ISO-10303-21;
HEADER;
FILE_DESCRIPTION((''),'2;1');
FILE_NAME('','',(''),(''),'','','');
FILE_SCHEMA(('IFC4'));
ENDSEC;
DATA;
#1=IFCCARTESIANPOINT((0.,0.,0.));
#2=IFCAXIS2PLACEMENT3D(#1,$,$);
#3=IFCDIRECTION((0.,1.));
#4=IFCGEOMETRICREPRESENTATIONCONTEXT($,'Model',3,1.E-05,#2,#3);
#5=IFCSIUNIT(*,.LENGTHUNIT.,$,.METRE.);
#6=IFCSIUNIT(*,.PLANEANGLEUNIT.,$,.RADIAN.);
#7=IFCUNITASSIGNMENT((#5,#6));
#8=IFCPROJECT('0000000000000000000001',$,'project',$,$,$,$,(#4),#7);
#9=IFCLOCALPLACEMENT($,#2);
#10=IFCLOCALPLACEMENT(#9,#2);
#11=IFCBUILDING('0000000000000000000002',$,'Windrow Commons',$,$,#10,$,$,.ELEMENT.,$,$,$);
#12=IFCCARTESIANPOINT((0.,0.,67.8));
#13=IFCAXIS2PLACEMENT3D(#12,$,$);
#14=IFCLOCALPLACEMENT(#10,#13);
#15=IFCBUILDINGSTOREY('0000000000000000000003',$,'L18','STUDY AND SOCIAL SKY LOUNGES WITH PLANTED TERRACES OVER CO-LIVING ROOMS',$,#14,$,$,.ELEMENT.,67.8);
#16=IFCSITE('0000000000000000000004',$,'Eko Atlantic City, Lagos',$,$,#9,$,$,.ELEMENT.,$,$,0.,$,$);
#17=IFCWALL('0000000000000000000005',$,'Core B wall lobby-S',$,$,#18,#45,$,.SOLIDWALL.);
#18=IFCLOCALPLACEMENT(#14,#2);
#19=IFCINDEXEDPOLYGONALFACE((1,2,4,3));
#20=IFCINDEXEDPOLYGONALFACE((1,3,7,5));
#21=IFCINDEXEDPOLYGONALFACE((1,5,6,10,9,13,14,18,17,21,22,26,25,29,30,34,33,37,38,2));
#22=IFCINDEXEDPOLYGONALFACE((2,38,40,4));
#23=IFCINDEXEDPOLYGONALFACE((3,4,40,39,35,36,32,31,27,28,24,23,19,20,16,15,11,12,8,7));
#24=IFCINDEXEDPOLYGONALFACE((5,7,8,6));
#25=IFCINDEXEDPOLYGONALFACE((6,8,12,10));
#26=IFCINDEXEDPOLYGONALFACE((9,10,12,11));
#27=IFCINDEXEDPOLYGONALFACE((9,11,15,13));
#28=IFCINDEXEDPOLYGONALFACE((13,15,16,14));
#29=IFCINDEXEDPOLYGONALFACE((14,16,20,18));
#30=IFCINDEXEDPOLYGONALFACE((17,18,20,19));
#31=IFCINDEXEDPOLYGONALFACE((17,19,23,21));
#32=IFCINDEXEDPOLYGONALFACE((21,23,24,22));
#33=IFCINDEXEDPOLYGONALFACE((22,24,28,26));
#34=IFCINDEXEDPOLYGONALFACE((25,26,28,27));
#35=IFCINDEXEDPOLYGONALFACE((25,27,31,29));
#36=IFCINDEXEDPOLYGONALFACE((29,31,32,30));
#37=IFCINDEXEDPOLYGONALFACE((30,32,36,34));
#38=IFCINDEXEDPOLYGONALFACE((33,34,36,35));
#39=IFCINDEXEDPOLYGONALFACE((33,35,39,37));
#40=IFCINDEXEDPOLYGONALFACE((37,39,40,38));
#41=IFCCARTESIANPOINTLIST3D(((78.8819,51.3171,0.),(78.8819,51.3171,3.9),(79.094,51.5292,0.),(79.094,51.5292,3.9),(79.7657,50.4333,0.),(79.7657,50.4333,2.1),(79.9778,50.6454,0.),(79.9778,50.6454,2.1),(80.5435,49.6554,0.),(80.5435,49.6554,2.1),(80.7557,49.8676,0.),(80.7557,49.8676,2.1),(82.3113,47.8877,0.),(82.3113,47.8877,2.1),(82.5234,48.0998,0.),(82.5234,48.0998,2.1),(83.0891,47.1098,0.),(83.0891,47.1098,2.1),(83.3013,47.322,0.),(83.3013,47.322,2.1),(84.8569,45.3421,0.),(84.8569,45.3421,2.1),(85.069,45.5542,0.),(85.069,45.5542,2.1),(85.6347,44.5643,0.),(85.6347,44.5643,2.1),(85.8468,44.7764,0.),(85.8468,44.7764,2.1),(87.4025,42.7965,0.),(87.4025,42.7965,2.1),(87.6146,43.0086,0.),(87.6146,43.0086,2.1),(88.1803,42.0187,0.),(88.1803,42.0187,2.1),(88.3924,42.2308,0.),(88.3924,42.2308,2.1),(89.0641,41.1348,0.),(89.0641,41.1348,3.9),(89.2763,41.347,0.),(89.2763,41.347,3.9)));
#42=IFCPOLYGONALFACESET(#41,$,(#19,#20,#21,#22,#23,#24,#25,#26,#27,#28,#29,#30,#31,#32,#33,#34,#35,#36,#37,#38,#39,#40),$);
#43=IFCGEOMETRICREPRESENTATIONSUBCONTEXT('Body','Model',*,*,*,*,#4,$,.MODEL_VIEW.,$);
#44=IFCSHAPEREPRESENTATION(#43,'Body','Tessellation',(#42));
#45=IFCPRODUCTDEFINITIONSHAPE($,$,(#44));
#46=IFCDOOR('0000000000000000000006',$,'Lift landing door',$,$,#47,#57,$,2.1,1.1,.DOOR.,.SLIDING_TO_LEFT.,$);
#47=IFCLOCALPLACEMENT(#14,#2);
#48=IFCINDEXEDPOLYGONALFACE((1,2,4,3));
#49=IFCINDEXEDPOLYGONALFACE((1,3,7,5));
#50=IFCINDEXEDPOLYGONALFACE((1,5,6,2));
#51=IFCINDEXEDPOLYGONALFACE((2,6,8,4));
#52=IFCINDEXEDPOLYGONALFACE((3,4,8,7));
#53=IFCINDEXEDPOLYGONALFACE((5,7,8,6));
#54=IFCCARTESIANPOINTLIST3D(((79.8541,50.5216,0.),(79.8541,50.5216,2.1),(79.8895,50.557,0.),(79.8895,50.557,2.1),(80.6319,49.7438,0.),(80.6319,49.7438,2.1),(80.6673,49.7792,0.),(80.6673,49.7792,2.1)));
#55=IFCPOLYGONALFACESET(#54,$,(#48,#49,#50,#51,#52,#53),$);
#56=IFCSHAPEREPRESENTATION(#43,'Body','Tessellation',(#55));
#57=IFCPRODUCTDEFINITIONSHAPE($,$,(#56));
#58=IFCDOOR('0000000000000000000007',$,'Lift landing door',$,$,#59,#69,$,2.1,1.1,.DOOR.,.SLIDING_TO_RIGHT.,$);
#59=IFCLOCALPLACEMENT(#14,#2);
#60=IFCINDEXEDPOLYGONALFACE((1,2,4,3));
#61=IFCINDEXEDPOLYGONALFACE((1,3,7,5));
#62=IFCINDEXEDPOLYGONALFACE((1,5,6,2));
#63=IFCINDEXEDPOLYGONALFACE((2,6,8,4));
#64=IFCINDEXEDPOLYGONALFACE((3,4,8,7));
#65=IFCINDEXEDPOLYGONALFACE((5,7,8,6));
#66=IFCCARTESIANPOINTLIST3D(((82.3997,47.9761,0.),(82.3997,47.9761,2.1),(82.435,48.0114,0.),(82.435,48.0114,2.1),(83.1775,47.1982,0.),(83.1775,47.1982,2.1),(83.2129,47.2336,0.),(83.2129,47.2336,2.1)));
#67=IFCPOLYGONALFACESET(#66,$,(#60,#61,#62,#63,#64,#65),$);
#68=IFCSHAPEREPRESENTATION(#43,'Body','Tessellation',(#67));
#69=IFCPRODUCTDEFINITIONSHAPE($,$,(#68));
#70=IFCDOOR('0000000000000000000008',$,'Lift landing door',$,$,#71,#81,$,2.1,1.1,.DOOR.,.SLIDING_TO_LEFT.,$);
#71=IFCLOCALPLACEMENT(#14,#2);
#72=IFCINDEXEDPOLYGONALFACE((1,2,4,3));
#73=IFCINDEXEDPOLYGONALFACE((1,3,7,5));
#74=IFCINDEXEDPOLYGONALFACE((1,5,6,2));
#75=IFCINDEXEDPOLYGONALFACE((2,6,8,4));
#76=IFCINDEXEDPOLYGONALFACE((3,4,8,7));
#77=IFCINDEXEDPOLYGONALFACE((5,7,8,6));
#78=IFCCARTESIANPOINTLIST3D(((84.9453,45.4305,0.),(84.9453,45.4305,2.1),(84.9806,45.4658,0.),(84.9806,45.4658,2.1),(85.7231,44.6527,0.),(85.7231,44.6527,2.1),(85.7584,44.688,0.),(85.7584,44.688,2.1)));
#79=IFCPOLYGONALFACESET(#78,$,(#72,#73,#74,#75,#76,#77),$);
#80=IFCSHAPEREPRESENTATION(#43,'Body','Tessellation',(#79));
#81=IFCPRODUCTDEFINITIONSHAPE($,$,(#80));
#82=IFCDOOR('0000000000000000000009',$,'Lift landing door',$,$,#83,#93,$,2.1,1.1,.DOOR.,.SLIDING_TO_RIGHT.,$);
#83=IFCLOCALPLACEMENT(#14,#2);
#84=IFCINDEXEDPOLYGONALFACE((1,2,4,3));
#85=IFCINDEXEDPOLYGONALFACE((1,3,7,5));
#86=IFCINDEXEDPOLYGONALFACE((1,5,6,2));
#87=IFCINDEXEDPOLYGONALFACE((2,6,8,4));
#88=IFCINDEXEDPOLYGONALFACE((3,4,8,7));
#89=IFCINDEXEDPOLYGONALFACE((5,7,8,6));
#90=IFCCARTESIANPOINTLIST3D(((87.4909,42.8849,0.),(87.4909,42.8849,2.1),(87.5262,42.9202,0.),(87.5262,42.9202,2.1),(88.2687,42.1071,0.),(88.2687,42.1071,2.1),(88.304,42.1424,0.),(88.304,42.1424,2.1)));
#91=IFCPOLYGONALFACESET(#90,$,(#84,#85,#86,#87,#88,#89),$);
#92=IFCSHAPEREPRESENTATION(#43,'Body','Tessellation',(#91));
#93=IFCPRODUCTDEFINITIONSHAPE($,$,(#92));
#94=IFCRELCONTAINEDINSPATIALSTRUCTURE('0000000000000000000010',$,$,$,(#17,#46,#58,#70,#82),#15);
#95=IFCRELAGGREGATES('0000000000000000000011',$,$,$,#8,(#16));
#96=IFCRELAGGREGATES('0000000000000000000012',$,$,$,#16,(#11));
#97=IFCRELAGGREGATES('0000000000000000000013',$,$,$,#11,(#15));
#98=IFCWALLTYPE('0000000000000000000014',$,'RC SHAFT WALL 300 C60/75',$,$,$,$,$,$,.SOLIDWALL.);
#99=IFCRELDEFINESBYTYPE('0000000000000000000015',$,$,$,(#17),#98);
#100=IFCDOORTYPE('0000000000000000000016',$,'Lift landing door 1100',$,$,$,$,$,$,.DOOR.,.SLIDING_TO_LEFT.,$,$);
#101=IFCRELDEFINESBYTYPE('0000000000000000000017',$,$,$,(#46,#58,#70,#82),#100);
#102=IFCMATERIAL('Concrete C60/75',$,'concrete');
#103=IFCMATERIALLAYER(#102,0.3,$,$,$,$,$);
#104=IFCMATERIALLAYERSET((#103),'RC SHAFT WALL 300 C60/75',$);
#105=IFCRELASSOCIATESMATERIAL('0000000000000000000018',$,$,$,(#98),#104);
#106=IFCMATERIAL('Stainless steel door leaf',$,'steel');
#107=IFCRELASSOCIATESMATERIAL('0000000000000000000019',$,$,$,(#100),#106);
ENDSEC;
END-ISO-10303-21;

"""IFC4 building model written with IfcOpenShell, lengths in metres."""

from ifc_helpers import new_model, si_unit, direction, frame, frame_2d, origin, place, context, subcontext, project, spatial, rectangle, extrude, material, layer, layer_set, type_object, element, fill, save


model = new_model("IFC4")

# Units and contexts
model_context = context("Model", 3, precision=1e-05, world=origin(), true_north=direction((0.0, 1.0)))
body_context = subcontext(model_context, "Body", "Model", "MODEL_VIEW")
ifc_project = project(units=[si_unit("LENGTHUNIT", "METRE"), si_unit("PLANEANGLEUNIT", "RADIAN")], contexts=[model_context])

# Site, building, storey
site_placement = place(None, origin())
site = spatial("IfcSite", under=ifc_project, at=site_placement, Name="Eko Atlantic City, Lagos", CompositionType="ELEMENT", RefElevation=0.0)
building_placement = place(site_placement, origin())
building = spatial("IfcBuilding", under=site, at=building_placement, Name="Windrow Commons", CompositionType="ELEMENT")
storey_placement = place(building_placement, frame((0.0, 0.0, 67.8)))
storey = spatial("IfcBuildingStorey", under=building, at=storey_placement, Name="L18", Description="STUDY AND SOCIAL SKY LOUNGES WITH PLANTED TERRACES OVER CO-LIVING ROOMS", CompositionType="ELEMENT", Elevation=67.8)

# Shared definitions
ifc_material_1 = material(Name="Concrete C60/75", Category="concrete")
ifc_layer_1 = layer(ifc_material_1, 0.3)
ifc_layer_set_1 = layer_set([ifc_layer_1], Name="RC SHAFT WALL 300 C60/75")
wall_type_1 = type_object("IfcWallType", Name="RC SHAFT WALL 300 C60/75", PredefinedType="SOLIDWALL", material=ifc_layer_set_1)

# Wall, openings, doors
wall_1_placement = place(storey_placement, frame((78.9879, 51.4232, 0.0), z_axis=(0.0, 0.0, 1.0), x_axis=(0.707107, -0.707107, 0.0)))
wall_1 = element("IfcWall", 1, at=wall_1_placement, inside=storey, type_object=wall_type_1, Name="Core B wall lobby-S", PredefinedType="SOLIDWALL", context=body_context, shape_type="SweptSolid", body=[
    extrude(rectangle(XDim=14.3999, YDim=0.3, at=frame_2d((7.2, 0.0))), origin(), (0.0, 0.0, 1.0), 3.9),
])
opening_1_placement = place(wall_1_placement, frame((1.25, 0.0, 0.0)))
opening_1 = element("IfcOpeningElement", 2, at=opening_1_placement, cuts=wall_1, PredefinedType="OPENING", context=body_context, shape_type="SweptSolid", body=[
    extrude(rectangle(XDim=1.1, YDim=2.1, at=frame_2d((0.55, 1.05))), frame((0.0, 0.16, 0.0), z_axis=(0.0, -1.0, 0.0), x_axis=(1.0, 0.0, 0.0)), (0.0, 0.0, 1.0), 0.32),
])
opening_2_placement = place(wall_1_placement, frame((4.85, 0.0, 0.0)))
opening_2 = element("IfcOpeningElement", 3, at=opening_2_placement, cuts=wall_1, PredefinedType="OPENING", context=body_context, shape_type="SweptSolid", body=[
    extrude(rectangle(XDim=1.1, YDim=2.1, at=frame_2d((0.55, 1.05))), frame((0.0, 0.16, 0.0), z_axis=(0.0, -1.0, 0.0), x_axis=(1.0, 0.0, 0.0)), (0.0, 0.0, 1.0), 0.32),
])
opening_3_placement = place(wall_1_placement, frame((8.45, 0.0, 0.0)))
opening_3 = element("IfcOpeningElement", 4, at=opening_3_placement, cuts=wall_1, PredefinedType="OPENING", context=body_context, shape_type="SweptSolid", body=[
    extrude(rectangle(XDim=1.1, YDim=2.1, at=frame_2d((0.55, 1.05))), frame((0.0, 0.16, 0.0), z_axis=(0.0, -1.0, 0.0), x_axis=(1.0, 0.0, 0.0)), (0.0, 0.0, 1.0), 0.32),
])
opening_4_placement = place(wall_1_placement, frame((12.05, 0.0, 0.0)))
opening_4 = element("IfcOpeningElement", 5, at=opening_4_placement, cuts=wall_1, PredefinedType="OPENING", context=body_context, shape_type="SweptSolid", body=[
    extrude(rectangle(XDim=1.1, YDim=2.1, at=frame_2d((0.55, 1.05))), frame((0.0, 0.16, 0.0), z_axis=(0.0, -1.0, 0.0), x_axis=(1.0, 0.0, 0.0)), (0.0, 0.0, 1.0), 0.32),
])
ifc_material_2 = material(Name="Stainless steel door leaf", Category="steel")
door_type_1 = type_object("IfcDoorType", Name="Lift landing door 1100", OperationType="SLIDING_TO_LEFT", PredefinedType="DOOR", material=ifc_material_2)
door_1_placement = place(opening_1_placement, origin())
door_1 = element("IfcDoor", 6, at=door_1_placement, inside=storey, type_object=door_type_1, Name="Lift landing door", OperationType="SLIDING_TO_LEFT", OverallHeight=2.1, OverallWidth=1.1, PredefinedType="DOOR", context=body_context, shape_type="SweptSolid", body=[
    extrude(rectangle(XDim=1.1, YDim=2.1, at=frame_2d((0.55, 1.05))), frame((0.0, 0.025, 0.0), z_axis=(0.0, -1.0, 0.0), x_axis=(1.0, 0.0, 0.0)), (0.0, 0.0, 1.0), 0.05),
])
fill(opening_1, door_1)
door_2_placement = place(opening_2_placement, origin())
door_2 = element("IfcDoor", 7, at=door_2_placement, inside=storey, type_object=door_type_1, Name="Lift landing door", OperationType="SLIDING_TO_RIGHT", OverallHeight=2.1, OverallWidth=1.1, PredefinedType="DOOR", context=body_context, shape_type="SweptSolid", body=[
    extrude(rectangle(XDim=1.1, YDim=2.1, at=frame_2d((0.55, 1.05))), frame((0.0, 0.025, 0.0), z_axis=(0.0, -1.0, 0.0), x_axis=(1.0, 0.0, 0.0)), (0.0, 0.0, 1.0), 0.05),
])
fill(opening_2, door_2)
door_3_placement = place(opening_3_placement, origin())
door_3 = element("IfcDoor", 8, at=door_3_placement, inside=storey, type_object=door_type_1, Name="Lift landing door", OperationType="SLIDING_TO_LEFT", OverallHeight=2.1, OverallWidth=1.1, PredefinedType="DOOR", context=body_context, shape_type="SweptSolid", body=[
    extrude(rectangle(XDim=1.1, YDim=2.1, at=frame_2d((0.55, 1.05))), frame((0.0, 0.025, 0.0), z_axis=(0.0, -1.0, 0.0), x_axis=(1.0, 0.0, 0.0)), (0.0, 0.0, 1.0), 0.05),
])
fill(opening_3, door_3)
door_4_placement = place(opening_4_placement, origin())
door_4 = element("IfcDoor", 9, at=door_4_placement, inside=storey, type_object=door_type_1, Name="Lift landing door", OperationType="SLIDING_TO_RIGHT", OverallHeight=2.1, OverallWidth=1.1, PredefinedType="DOOR", context=body_context, shape_type="SweptSolid", body=[
    extrude(rectangle(XDim=1.1, YDim=2.1, at=frame_2d((0.55, 1.05))), frame((0.0, 0.025, 0.0), z_axis=(0.0, -1.0, 0.0), x_axis=(1.0, 0.0, 0.0)), (0.0, 0.0, 1.0), 0.05),
])
fill(opening_4, door_4)

save(model, "model.ifc")
